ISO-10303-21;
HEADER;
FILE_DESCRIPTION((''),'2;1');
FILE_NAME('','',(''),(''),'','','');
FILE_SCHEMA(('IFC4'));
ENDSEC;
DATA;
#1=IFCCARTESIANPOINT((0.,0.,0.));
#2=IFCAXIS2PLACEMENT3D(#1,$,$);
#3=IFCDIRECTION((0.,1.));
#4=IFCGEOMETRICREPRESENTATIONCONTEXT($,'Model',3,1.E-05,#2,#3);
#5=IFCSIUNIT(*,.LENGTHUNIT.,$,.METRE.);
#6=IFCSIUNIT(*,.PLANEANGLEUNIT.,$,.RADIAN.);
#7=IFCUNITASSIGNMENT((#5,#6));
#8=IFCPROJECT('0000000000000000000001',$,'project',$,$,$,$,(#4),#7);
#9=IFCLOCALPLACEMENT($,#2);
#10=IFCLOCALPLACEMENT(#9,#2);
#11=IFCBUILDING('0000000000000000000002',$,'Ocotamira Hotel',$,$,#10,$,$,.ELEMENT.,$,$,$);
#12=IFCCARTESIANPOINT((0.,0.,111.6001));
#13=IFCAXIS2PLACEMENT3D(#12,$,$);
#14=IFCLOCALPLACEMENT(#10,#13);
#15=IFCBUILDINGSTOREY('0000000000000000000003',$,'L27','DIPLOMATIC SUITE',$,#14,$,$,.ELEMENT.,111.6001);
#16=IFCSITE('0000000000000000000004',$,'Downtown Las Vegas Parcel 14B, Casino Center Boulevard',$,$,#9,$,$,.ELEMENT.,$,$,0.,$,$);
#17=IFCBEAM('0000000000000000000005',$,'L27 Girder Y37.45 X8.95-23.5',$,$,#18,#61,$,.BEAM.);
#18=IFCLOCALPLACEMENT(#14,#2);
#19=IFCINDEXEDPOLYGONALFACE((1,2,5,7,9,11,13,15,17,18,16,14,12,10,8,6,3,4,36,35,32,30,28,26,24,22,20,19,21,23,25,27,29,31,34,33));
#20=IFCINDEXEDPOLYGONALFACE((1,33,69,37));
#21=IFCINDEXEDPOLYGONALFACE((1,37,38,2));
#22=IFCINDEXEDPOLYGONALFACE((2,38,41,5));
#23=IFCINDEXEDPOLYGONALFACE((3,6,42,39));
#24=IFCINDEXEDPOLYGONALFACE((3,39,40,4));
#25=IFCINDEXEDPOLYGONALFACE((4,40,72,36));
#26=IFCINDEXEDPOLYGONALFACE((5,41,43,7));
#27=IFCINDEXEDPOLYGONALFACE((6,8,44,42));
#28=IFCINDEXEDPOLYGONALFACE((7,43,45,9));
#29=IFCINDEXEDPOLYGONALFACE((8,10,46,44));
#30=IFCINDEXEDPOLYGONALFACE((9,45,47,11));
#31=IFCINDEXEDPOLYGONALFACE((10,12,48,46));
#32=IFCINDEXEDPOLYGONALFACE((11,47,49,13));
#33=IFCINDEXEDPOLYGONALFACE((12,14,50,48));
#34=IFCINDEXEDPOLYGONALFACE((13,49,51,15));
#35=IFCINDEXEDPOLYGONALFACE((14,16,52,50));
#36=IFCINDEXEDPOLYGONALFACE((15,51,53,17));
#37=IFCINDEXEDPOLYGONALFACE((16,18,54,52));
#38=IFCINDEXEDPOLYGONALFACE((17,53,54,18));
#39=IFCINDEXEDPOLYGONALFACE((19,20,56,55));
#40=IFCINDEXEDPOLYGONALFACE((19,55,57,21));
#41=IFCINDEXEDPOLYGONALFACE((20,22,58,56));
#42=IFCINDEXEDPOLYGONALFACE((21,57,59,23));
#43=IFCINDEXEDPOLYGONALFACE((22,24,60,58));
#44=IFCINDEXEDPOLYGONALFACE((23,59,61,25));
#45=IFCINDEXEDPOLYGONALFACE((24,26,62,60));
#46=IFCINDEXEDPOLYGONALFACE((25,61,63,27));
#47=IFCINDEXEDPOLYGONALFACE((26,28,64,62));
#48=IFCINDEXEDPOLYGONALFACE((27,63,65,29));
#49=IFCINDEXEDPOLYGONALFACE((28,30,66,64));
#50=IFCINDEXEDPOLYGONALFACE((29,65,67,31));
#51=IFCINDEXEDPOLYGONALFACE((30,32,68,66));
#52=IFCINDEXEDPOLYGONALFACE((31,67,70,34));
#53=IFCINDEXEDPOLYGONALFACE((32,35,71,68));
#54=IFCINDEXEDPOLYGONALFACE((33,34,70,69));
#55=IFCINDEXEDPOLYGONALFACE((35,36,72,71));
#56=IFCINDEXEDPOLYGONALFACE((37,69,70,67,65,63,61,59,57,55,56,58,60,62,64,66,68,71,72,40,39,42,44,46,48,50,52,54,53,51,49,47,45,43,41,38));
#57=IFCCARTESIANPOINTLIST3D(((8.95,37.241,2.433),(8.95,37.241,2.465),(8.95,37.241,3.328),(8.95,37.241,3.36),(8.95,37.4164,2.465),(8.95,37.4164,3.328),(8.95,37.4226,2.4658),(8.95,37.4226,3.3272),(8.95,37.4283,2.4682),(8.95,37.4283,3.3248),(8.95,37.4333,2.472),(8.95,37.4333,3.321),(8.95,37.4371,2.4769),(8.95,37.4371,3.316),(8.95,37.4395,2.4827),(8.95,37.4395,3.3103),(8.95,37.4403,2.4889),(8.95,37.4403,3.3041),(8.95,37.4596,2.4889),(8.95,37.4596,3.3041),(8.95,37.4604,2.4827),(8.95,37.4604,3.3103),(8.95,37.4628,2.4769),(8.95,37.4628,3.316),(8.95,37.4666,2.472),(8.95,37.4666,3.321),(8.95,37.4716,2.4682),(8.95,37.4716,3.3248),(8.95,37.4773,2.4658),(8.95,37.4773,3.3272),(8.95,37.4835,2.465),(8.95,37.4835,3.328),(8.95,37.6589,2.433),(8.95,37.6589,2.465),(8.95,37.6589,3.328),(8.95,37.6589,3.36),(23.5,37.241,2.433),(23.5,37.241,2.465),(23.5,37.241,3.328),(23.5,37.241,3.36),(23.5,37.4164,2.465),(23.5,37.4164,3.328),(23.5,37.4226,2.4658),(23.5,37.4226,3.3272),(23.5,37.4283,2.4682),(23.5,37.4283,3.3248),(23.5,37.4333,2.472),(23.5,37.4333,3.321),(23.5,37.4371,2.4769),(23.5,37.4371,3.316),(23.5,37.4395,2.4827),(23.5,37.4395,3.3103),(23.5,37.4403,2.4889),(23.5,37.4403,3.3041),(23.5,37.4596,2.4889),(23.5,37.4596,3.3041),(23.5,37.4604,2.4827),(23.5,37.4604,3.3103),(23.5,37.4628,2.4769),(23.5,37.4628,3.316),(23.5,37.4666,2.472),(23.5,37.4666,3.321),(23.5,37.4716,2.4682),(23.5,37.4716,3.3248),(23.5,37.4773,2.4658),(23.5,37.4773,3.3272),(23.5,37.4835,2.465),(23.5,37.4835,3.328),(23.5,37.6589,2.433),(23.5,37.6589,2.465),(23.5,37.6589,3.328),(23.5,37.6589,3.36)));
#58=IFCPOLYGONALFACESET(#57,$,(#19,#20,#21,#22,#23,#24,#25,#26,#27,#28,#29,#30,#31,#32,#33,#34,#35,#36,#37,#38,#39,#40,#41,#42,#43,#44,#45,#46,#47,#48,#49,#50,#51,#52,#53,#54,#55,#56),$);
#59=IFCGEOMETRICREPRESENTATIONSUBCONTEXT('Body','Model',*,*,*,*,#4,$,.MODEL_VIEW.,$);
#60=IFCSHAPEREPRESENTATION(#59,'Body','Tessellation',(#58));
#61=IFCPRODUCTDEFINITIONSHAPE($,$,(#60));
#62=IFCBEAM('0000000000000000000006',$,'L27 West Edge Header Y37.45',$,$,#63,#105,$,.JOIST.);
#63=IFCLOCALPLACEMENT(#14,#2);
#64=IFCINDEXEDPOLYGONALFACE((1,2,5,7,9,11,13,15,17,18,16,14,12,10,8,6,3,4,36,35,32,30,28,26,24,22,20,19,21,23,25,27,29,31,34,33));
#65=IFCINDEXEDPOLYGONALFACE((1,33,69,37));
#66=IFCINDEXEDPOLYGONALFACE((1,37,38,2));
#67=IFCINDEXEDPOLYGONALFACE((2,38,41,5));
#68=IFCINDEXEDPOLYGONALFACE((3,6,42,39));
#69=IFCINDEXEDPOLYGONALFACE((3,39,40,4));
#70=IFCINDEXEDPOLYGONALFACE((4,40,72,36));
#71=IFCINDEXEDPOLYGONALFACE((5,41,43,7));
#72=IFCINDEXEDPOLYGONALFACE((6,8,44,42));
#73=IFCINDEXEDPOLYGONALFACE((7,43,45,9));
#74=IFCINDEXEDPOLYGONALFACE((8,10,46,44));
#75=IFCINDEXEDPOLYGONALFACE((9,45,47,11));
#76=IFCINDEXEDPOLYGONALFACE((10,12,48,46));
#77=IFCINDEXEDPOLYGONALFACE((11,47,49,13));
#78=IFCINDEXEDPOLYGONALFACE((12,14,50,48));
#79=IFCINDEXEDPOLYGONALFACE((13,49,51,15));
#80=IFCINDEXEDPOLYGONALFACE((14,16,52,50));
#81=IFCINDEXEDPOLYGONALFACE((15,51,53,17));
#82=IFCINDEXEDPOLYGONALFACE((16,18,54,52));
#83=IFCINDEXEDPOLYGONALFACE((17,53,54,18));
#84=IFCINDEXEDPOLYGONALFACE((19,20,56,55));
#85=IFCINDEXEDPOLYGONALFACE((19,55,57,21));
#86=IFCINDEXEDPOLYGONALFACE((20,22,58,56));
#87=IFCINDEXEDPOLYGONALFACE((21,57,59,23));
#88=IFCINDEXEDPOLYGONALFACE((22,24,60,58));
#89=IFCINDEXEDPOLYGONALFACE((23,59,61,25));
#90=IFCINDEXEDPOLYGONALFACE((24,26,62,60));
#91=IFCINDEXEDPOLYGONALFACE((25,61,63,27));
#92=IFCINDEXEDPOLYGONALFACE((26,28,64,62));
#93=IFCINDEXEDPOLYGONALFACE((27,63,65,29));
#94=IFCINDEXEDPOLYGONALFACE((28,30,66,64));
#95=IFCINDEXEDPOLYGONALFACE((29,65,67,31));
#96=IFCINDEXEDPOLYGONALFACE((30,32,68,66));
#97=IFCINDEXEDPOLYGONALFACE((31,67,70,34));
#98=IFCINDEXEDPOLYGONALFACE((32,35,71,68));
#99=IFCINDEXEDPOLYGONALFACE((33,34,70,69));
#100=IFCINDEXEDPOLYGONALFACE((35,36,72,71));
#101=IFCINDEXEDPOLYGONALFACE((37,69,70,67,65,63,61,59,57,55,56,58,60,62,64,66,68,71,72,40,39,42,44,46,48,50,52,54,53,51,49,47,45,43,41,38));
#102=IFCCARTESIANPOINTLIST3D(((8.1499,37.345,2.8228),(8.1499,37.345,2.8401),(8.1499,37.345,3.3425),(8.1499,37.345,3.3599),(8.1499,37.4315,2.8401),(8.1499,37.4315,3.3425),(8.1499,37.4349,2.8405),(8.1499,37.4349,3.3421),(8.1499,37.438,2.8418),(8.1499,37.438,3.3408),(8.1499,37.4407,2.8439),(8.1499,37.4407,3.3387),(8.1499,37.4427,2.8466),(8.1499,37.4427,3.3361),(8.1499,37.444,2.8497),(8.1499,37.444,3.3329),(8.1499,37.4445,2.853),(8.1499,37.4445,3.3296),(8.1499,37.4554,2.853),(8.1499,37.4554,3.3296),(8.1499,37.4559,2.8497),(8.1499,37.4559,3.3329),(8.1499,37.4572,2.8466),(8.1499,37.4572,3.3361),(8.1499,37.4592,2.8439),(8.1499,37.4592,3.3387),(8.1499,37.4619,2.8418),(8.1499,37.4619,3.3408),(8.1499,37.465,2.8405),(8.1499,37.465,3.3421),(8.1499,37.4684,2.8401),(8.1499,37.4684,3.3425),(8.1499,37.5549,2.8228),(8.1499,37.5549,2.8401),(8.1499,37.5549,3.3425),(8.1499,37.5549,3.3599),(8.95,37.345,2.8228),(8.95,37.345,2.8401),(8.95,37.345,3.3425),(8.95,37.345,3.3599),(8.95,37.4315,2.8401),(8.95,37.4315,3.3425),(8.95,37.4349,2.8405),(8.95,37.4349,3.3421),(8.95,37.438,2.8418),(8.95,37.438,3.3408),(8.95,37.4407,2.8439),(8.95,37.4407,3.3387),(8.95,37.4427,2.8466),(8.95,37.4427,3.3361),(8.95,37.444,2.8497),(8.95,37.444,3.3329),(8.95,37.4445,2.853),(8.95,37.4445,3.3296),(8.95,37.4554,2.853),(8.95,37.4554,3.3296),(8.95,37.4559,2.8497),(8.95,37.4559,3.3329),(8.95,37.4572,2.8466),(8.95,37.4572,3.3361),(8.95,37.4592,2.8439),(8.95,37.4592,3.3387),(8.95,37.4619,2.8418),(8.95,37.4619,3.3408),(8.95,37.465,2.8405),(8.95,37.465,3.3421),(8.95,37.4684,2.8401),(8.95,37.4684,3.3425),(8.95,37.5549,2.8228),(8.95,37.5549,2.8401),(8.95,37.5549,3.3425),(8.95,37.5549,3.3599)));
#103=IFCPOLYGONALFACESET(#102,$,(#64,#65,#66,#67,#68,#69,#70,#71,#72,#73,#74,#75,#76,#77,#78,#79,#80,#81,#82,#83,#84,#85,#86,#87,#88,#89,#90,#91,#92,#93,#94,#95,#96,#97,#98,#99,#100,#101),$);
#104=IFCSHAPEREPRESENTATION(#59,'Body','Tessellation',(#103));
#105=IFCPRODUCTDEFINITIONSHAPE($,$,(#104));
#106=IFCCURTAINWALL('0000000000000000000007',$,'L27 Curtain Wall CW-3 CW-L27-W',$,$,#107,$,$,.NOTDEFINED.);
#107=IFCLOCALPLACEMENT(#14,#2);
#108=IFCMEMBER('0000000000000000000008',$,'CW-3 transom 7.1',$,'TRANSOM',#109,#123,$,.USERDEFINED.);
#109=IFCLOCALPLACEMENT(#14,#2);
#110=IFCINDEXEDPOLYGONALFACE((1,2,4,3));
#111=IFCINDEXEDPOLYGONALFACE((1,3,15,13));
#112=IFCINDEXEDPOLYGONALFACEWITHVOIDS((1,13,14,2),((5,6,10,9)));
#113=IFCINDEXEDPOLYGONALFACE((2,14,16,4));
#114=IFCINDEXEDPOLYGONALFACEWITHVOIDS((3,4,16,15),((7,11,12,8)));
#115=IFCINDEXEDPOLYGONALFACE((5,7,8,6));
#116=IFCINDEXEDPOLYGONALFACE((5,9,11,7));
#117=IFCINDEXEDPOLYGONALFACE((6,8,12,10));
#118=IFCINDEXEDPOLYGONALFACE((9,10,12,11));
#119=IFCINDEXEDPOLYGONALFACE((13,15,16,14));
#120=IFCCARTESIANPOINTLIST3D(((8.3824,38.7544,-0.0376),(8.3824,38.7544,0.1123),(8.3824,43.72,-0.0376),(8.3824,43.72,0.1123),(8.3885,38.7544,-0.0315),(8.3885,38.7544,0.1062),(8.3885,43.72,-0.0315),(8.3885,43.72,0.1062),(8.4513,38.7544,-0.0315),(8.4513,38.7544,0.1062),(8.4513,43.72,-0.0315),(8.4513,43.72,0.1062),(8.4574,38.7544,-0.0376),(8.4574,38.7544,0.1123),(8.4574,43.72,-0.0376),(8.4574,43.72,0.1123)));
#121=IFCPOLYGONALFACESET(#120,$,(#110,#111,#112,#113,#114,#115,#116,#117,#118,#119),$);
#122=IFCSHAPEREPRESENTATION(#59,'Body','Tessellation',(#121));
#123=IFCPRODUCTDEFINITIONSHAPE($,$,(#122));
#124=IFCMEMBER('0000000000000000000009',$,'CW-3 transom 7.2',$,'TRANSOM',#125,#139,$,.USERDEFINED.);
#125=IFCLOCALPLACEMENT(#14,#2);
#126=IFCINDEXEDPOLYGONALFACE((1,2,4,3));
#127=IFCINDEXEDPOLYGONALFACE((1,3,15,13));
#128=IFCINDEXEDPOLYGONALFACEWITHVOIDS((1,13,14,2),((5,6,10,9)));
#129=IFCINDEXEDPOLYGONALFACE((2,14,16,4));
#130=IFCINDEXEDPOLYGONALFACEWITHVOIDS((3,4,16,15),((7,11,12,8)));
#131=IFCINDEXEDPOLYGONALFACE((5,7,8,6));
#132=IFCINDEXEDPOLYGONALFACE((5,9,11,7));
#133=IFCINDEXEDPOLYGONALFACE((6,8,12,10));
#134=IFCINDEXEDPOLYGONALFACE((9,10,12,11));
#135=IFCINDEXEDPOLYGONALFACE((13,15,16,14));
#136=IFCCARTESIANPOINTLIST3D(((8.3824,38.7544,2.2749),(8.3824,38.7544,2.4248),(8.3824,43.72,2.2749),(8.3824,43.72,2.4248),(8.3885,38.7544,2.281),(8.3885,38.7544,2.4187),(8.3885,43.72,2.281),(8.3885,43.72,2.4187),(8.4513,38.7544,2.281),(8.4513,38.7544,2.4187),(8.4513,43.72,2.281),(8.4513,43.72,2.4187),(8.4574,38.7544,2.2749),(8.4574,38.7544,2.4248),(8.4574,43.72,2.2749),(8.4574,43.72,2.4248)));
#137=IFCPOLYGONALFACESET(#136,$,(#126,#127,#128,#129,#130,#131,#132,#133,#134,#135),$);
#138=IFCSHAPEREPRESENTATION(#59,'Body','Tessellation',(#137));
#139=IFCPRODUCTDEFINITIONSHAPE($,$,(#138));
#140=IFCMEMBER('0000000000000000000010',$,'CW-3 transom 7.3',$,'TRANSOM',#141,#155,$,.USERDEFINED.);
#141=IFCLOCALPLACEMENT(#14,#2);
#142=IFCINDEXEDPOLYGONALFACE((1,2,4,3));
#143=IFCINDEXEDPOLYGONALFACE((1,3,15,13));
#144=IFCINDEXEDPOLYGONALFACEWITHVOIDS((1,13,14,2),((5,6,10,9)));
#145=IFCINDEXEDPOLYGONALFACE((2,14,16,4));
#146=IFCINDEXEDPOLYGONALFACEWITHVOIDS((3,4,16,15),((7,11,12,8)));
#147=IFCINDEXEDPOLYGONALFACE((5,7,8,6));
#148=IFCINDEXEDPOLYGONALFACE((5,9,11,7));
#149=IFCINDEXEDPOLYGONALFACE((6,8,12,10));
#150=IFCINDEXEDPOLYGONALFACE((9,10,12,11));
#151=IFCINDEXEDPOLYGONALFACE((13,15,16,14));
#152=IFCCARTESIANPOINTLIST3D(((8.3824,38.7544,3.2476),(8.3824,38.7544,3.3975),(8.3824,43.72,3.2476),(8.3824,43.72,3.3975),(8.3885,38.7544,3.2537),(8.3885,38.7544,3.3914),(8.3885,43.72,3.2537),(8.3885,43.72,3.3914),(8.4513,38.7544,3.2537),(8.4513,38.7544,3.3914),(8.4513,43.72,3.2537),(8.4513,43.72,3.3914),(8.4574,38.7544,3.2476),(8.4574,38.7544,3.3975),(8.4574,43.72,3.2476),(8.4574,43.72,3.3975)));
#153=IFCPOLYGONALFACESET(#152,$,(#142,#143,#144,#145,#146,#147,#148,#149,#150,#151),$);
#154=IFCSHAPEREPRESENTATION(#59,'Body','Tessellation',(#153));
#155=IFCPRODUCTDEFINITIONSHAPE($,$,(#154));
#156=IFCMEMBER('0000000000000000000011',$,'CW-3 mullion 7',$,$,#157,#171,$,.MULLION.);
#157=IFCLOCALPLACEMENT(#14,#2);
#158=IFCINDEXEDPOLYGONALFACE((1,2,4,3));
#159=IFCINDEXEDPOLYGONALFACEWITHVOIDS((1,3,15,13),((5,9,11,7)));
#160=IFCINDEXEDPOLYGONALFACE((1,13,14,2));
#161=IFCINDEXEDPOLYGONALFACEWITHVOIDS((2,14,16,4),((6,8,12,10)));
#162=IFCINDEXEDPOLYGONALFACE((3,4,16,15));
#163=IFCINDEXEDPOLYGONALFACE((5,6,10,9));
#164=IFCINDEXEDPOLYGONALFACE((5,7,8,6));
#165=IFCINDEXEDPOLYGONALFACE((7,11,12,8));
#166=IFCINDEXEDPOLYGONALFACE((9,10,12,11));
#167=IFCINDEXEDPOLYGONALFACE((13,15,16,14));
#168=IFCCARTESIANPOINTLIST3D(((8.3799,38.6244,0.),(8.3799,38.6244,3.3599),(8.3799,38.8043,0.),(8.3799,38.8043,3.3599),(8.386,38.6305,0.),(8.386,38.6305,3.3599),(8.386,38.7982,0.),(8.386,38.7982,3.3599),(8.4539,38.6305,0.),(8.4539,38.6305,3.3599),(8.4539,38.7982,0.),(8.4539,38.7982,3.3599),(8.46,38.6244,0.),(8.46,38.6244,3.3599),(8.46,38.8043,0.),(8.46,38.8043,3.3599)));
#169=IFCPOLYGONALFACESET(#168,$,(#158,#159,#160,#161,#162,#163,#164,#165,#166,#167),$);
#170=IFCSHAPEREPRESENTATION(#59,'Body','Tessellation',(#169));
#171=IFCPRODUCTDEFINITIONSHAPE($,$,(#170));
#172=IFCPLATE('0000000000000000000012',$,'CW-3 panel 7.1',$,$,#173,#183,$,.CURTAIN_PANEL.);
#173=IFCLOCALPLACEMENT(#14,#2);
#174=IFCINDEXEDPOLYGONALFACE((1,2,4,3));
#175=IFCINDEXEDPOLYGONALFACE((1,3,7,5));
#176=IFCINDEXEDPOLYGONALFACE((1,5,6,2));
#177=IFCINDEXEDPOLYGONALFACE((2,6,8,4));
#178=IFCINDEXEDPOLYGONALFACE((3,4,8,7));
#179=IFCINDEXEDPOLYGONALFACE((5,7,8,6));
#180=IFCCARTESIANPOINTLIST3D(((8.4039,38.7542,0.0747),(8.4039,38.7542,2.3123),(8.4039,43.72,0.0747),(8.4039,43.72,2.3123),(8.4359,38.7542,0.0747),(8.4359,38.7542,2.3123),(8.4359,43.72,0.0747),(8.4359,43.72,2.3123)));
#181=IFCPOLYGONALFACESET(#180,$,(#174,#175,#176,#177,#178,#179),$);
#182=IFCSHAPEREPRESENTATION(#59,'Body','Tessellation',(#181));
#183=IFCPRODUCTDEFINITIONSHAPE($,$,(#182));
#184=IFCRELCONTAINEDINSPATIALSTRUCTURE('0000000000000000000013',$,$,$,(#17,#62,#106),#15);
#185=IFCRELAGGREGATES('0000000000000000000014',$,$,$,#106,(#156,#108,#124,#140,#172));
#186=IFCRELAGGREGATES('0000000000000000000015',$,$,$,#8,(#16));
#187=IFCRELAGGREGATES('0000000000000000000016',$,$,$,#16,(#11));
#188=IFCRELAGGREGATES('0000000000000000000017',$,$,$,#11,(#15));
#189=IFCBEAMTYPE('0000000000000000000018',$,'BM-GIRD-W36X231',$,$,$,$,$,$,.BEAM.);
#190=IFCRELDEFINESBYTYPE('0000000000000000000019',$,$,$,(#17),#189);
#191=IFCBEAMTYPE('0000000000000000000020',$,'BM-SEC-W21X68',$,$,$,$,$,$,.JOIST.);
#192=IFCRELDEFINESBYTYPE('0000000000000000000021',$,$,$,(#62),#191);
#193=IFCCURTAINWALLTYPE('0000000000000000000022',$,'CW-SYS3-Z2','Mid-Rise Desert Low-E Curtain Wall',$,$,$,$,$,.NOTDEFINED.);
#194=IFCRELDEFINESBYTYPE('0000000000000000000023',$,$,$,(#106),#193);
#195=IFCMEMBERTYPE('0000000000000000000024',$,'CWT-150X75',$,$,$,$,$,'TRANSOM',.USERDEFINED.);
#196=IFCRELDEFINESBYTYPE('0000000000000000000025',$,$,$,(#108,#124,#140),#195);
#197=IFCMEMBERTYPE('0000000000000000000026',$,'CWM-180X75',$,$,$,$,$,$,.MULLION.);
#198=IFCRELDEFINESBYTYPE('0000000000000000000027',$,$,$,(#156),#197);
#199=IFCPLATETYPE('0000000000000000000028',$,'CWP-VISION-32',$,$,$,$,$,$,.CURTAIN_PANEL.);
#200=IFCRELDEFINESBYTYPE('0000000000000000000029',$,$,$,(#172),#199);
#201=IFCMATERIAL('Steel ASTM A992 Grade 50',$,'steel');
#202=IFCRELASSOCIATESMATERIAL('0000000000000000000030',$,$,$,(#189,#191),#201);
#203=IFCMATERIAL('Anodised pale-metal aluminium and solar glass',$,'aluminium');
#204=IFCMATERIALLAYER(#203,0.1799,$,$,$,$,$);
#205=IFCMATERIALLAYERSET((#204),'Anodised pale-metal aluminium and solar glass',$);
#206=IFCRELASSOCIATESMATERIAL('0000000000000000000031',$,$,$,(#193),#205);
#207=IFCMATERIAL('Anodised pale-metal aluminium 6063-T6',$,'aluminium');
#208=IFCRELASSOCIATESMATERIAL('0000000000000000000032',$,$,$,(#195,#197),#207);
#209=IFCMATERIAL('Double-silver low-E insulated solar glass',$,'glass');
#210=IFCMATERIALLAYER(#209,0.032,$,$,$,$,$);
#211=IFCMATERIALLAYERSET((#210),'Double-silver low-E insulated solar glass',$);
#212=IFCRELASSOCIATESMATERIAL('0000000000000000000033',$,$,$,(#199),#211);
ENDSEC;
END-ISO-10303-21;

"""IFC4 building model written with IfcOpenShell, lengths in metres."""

from ifc_helpers import new_model, si_unit, direction, frame, origin, origin_2d, place, context, subcontext, project, spatial, rectangle, hollow_rectangle, i_section, extrude, source, transform, mapped, material, layer, layer_set, material_profile, profile_set, type_object, element, aggregate, save


model = new_model("IFC4")

# Units and contexts
model_context = context("Model", 3, precision=1e-05, world=origin(), true_north=direction((0.0, 1.0)))
body_context = subcontext(model_context, "Body", "Model", "MODEL_VIEW")
ifc_project = project(units=[si_unit("LENGTHUNIT", "METRE"), si_unit("PLANEANGLEUNIT", "RADIAN")], contexts=[model_context])

# Site, building, storey
site_placement = place(None, origin())
site = spatial("IfcSite", under=ifc_project, at=site_placement, Name="Downtown Las Vegas Parcel 14B, Casino Center Boulevard", CompositionType="ELEMENT", RefElevation=0.0)
building_placement = place(site_placement, origin())
building = spatial("IfcBuilding", under=site, at=building_placement, Name="Ocotamira Hotel", CompositionType="ELEMENT")
storey_placement = place(building_placement, frame((0.0, 0.0, 111.6001)))
storey = spatial("IfcBuildingStorey", under=building, at=storey_placement, Name="L27", Description="DIPLOMATIC SUITE", CompositionType="ELEMENT", Elevation=111.6001)

# Beams
ifc_material_1 = material(Name="Steel ASTM A992 Grade 50", Category="steel")
ifc_material_profile_1 = material_profile(ifc_material_1, i_section(OverallWidth=0.418, OverallDepth=0.927, WebThickness=0.0193, FlangeThickness=0.032, FilletRadius=0.0239, at=origin_2d()), Name="W36X231")
ifc_profile_set_1 = profile_set([ifc_material_profile_1], Name="Steel ASTM A992 Grade 50")
beam_type_1 = type_object("IfcBeamType", Name="BM-GIRD-W36X231", PredefinedType="BEAM", material=ifc_profile_set_1)
shared_shape_1 = source(origin(), body_context, "Body", "SweptSolid", [
    extrude(i_section(OverallWidth=0.418, OverallDepth=0.927, WebThickness=0.0193, FlangeThickness=0.032, FilletRadius=0.0239, at=origin_2d()), origin(), (0.0, 0.0, 1.0), 14.55),
])
beam_1_placement = place(storey_placement, frame((8.95, 37.45, 2.8965), z_axis=(1.0, 0.0, 0.0), x_axis=(0.0, 1.0, 0.0)))
element("IfcBeam", 1, at=beam_1_placement, inside=storey, type_object=beam_type_1, Name="L27 Girder Y37.45 X8.95-23.5", PredefinedType="BEAM", context=body_context, shape_type="MappedRepresentation", body=[
    mapped(shared_shape_1, transform((0.0, 0.0, 0.0), scale=1.0)),
])
ifc_material_profile_2 = material_profile(ifc_material_1, i_section(OverallWidth=0.21, OverallDepth=0.5371, WebThickness=0.011, FlangeThickness=0.0173, FilletRadius=0.0129, at=origin_2d()), Name="W21X68")
ifc_profile_set_2 = profile_set([ifc_material_profile_2], Name="Steel ASTM A992 Grade 50")
beam_type_2 = type_object("IfcBeamType", Name="BM-SEC-W21X68", PredefinedType="JOIST", material=ifc_profile_set_2)
shared_shape_2 = source(origin(), body_context, "Body", "SweptSolid", [
    extrude(i_section(OverallWidth=0.21, OverallDepth=0.5371, WebThickness=0.011, FlangeThickness=0.0173, FilletRadius=0.0129, at=origin_2d()), origin(), (0.0, 0.0, 1.0), 0.8),
])
beam_2_placement = place(storey_placement, frame((8.95, 37.45, 3.0913), z_axis=(-1.0, 0.0, 0.0), x_axis=(0.0, -1.0, 0.0)))
element("IfcBeam", 2, at=beam_2_placement, inside=storey, type_object=beam_type_2, Name="L27 West Edge Header Y37.45", PredefinedType="JOIST", context=body_context, shape_type="MappedRepresentation", body=[
    mapped(shared_shape_2, transform((0.0, 0.0, 0.0), scale=1.0)),
])

# Curtain wall, members, plate
ifc_material_2 = material(Name="Anodised pale-metal aluminium and solar glass", Category="aluminium")
ifc_layer_1 = layer(ifc_material_2, 0.1799)
ifc_layer_set_1 = layer_set([ifc_layer_1], Name="Anodised pale-metal aluminium and solar glass")
curtain_wall_type = type_object("IfcCurtainWallType", Name="CW-SYS3-Z2", Description="Mid-Rise Desert Low-E Curtain Wall", PredefinedType="NOTDEFINED", material=ifc_layer_set_1)
curtain_wall_placement = place(storey_placement, origin())
curtain_wall = element("IfcCurtainWall", 3, at=curtain_wall_placement, inside=storey, type_object=curtain_wall_type, Name="L27 Curtain Wall CW-3 CW-L27-W", PredefinedType="NOTDEFINED")
ifc_material_3 = material(Name="Anodised pale-metal aluminium 6063-T6", Category="aluminium")
ifc_material_profile_3 = material_profile(ifc_material_3, hollow_rectangle(XDim=0.075, YDim=0.1499, WallThickness=0.0061, at=origin_2d()), Name="HSS150X75X6")
ifc_profile_set_3 = profile_set([ifc_material_profile_3], Name="Anodised pale-metal aluminium 6063-T6")
member_type_1 = type_object("IfcMemberType", Name="CWT-150X75", ElementType="TRANSOM", PredefinedType="USERDEFINED", material=ifc_profile_set_3)
shared_shape_3 = source(origin(), body_context, "Body", "SweptSolid", [
    extrude(hollow_rectangle(XDim=0.075, YDim=0.1499, WallThickness=0.0061, at=origin_2d()), origin(), (0.0, 0.0, 1.0), 4.9656),
])
member_1_placement = place(storey_placement, frame((8.4199, 38.7544, 0.0374), z_axis=(0.0, 1.0, 0.0), x_axis=(-1.0, 0.0, 0.0)))
member_1 = element("IfcMember", 4, at=member_1_placement, type_object=member_type_1, Name="CW-3 transom 7.1", ObjectType="TRANSOM", PredefinedType="USERDEFINED", context=body_context, shape_type="MappedRepresentation", body=[
    mapped(shared_shape_3, transform((0.0, 0.0, 0.0), scale=1.0)),
])
member_2_placement = place(storey_placement, frame((8.4199, 38.7544, 2.3499), z_axis=(0.0, 1.0, 0.0), x_axis=(-1.0, 0.0, 0.0)))
member_2 = element("IfcMember", 5, at=member_2_placement, type_object=member_type_1, Name="CW-3 transom 7.2", ObjectType="TRANSOM", PredefinedType="USERDEFINED", context=body_context, shape_type="MappedRepresentation", body=[
    mapped(shared_shape_3, transform((0.0, 0.0, 0.0), scale=1.0)),
])
member_3_placement = place(storey_placement, frame((8.4199, 38.7544, 3.3225), z_axis=(0.0, 1.0, 0.0), x_axis=(-1.0, 0.0, 0.0)))
member_3 = element("IfcMember", 6, at=member_3_placement, type_object=member_type_1, Name="CW-3 transom 7.3", ObjectType="TRANSOM", PredefinedType="USERDEFINED", context=body_context, shape_type="MappedRepresentation", body=[
    mapped(shared_shape_3, transform((0.0, 0.0, 0.0), scale=1.0)),
])
ifc_material_profile_4 = material_profile(ifc_material_3, hollow_rectangle(XDim=0.0801, YDim=0.1799, WallThickness=0.0061, at=origin_2d()), Name="HSS180X80X6")
ifc_profile_set_4 = profile_set([ifc_material_profile_4], Name="Anodised pale-metal aluminium 6063-T6")
member_type_2 = type_object("IfcMemberType", Name="CWM-180X75", PredefinedType="MULLION", material=ifc_profile_set_4)
shared_shape_4 = source(origin(), body_context, "Body", "SweptSolid", [
    extrude(hollow_rectangle(XDim=0.0801, YDim=0.1799, WallThickness=0.0061, at=origin_2d()), origin(), (0.0, 0.0, 1.0), 3.3599),
])
member_4_placement = place(storey_placement, frame((8.4199, 38.7144, 0.0), z_axis=(0.0, 0.0, 1.0), x_axis=(-1.0, 0.0, 0.0)))
member_4 = element("IfcMember", 7, at=member_4_placement, type_object=member_type_2, Name="CW-3 mullion 7", PredefinedType="MULLION", context=body_context, shape_type="MappedRepresentation", body=[
    mapped(shared_shape_4, transform((0.0, 0.0, 0.0), scale=1.0)),
])
ifc_material_4 = material(Name="Double-silver low-E insulated solar glass", Category="glass")
ifc_layer_2 = layer(ifc_material_4, 0.032)
ifc_layer_set_2 = layer_set([ifc_layer_2], Name="Double-silver low-E insulated solar glass")
plate_type = type_object("IfcPlateType", Name="CWP-VISION-32", PredefinedType="CURTAIN_PANEL", material=ifc_layer_set_2)
shared_shape_5 = source(origin(), body_context, "Body", "SweptSolid", [
    extrude(rectangle(XDim=4.9658, YDim=0.032, at=origin_2d()), origin(), (0.0, 0.0, 1.0), 2.2375),
])
plate_1_placement = place(storey_placement, frame((8.4199, 41.2371, 0.0747), z_axis=(0.0, 0.0, 1.0), x_axis=(0.0, 1.0, 0.0)))
plate_1 = element("IfcPlate", 8, at=plate_1_placement, type_object=plate_type, Name="CW-3 panel 7.1", PredefinedType="CURTAIN_PANEL", context=body_context, shape_type="MappedRepresentation", body=[
    mapped(shared_shape_5, transform((0.0, 0.0, 0.0), scale=1.0)),
])
aggregate(curtain_wall, [member_4, member_1, member_2, member_3, plate_1])

save(model, "model.ifc")
